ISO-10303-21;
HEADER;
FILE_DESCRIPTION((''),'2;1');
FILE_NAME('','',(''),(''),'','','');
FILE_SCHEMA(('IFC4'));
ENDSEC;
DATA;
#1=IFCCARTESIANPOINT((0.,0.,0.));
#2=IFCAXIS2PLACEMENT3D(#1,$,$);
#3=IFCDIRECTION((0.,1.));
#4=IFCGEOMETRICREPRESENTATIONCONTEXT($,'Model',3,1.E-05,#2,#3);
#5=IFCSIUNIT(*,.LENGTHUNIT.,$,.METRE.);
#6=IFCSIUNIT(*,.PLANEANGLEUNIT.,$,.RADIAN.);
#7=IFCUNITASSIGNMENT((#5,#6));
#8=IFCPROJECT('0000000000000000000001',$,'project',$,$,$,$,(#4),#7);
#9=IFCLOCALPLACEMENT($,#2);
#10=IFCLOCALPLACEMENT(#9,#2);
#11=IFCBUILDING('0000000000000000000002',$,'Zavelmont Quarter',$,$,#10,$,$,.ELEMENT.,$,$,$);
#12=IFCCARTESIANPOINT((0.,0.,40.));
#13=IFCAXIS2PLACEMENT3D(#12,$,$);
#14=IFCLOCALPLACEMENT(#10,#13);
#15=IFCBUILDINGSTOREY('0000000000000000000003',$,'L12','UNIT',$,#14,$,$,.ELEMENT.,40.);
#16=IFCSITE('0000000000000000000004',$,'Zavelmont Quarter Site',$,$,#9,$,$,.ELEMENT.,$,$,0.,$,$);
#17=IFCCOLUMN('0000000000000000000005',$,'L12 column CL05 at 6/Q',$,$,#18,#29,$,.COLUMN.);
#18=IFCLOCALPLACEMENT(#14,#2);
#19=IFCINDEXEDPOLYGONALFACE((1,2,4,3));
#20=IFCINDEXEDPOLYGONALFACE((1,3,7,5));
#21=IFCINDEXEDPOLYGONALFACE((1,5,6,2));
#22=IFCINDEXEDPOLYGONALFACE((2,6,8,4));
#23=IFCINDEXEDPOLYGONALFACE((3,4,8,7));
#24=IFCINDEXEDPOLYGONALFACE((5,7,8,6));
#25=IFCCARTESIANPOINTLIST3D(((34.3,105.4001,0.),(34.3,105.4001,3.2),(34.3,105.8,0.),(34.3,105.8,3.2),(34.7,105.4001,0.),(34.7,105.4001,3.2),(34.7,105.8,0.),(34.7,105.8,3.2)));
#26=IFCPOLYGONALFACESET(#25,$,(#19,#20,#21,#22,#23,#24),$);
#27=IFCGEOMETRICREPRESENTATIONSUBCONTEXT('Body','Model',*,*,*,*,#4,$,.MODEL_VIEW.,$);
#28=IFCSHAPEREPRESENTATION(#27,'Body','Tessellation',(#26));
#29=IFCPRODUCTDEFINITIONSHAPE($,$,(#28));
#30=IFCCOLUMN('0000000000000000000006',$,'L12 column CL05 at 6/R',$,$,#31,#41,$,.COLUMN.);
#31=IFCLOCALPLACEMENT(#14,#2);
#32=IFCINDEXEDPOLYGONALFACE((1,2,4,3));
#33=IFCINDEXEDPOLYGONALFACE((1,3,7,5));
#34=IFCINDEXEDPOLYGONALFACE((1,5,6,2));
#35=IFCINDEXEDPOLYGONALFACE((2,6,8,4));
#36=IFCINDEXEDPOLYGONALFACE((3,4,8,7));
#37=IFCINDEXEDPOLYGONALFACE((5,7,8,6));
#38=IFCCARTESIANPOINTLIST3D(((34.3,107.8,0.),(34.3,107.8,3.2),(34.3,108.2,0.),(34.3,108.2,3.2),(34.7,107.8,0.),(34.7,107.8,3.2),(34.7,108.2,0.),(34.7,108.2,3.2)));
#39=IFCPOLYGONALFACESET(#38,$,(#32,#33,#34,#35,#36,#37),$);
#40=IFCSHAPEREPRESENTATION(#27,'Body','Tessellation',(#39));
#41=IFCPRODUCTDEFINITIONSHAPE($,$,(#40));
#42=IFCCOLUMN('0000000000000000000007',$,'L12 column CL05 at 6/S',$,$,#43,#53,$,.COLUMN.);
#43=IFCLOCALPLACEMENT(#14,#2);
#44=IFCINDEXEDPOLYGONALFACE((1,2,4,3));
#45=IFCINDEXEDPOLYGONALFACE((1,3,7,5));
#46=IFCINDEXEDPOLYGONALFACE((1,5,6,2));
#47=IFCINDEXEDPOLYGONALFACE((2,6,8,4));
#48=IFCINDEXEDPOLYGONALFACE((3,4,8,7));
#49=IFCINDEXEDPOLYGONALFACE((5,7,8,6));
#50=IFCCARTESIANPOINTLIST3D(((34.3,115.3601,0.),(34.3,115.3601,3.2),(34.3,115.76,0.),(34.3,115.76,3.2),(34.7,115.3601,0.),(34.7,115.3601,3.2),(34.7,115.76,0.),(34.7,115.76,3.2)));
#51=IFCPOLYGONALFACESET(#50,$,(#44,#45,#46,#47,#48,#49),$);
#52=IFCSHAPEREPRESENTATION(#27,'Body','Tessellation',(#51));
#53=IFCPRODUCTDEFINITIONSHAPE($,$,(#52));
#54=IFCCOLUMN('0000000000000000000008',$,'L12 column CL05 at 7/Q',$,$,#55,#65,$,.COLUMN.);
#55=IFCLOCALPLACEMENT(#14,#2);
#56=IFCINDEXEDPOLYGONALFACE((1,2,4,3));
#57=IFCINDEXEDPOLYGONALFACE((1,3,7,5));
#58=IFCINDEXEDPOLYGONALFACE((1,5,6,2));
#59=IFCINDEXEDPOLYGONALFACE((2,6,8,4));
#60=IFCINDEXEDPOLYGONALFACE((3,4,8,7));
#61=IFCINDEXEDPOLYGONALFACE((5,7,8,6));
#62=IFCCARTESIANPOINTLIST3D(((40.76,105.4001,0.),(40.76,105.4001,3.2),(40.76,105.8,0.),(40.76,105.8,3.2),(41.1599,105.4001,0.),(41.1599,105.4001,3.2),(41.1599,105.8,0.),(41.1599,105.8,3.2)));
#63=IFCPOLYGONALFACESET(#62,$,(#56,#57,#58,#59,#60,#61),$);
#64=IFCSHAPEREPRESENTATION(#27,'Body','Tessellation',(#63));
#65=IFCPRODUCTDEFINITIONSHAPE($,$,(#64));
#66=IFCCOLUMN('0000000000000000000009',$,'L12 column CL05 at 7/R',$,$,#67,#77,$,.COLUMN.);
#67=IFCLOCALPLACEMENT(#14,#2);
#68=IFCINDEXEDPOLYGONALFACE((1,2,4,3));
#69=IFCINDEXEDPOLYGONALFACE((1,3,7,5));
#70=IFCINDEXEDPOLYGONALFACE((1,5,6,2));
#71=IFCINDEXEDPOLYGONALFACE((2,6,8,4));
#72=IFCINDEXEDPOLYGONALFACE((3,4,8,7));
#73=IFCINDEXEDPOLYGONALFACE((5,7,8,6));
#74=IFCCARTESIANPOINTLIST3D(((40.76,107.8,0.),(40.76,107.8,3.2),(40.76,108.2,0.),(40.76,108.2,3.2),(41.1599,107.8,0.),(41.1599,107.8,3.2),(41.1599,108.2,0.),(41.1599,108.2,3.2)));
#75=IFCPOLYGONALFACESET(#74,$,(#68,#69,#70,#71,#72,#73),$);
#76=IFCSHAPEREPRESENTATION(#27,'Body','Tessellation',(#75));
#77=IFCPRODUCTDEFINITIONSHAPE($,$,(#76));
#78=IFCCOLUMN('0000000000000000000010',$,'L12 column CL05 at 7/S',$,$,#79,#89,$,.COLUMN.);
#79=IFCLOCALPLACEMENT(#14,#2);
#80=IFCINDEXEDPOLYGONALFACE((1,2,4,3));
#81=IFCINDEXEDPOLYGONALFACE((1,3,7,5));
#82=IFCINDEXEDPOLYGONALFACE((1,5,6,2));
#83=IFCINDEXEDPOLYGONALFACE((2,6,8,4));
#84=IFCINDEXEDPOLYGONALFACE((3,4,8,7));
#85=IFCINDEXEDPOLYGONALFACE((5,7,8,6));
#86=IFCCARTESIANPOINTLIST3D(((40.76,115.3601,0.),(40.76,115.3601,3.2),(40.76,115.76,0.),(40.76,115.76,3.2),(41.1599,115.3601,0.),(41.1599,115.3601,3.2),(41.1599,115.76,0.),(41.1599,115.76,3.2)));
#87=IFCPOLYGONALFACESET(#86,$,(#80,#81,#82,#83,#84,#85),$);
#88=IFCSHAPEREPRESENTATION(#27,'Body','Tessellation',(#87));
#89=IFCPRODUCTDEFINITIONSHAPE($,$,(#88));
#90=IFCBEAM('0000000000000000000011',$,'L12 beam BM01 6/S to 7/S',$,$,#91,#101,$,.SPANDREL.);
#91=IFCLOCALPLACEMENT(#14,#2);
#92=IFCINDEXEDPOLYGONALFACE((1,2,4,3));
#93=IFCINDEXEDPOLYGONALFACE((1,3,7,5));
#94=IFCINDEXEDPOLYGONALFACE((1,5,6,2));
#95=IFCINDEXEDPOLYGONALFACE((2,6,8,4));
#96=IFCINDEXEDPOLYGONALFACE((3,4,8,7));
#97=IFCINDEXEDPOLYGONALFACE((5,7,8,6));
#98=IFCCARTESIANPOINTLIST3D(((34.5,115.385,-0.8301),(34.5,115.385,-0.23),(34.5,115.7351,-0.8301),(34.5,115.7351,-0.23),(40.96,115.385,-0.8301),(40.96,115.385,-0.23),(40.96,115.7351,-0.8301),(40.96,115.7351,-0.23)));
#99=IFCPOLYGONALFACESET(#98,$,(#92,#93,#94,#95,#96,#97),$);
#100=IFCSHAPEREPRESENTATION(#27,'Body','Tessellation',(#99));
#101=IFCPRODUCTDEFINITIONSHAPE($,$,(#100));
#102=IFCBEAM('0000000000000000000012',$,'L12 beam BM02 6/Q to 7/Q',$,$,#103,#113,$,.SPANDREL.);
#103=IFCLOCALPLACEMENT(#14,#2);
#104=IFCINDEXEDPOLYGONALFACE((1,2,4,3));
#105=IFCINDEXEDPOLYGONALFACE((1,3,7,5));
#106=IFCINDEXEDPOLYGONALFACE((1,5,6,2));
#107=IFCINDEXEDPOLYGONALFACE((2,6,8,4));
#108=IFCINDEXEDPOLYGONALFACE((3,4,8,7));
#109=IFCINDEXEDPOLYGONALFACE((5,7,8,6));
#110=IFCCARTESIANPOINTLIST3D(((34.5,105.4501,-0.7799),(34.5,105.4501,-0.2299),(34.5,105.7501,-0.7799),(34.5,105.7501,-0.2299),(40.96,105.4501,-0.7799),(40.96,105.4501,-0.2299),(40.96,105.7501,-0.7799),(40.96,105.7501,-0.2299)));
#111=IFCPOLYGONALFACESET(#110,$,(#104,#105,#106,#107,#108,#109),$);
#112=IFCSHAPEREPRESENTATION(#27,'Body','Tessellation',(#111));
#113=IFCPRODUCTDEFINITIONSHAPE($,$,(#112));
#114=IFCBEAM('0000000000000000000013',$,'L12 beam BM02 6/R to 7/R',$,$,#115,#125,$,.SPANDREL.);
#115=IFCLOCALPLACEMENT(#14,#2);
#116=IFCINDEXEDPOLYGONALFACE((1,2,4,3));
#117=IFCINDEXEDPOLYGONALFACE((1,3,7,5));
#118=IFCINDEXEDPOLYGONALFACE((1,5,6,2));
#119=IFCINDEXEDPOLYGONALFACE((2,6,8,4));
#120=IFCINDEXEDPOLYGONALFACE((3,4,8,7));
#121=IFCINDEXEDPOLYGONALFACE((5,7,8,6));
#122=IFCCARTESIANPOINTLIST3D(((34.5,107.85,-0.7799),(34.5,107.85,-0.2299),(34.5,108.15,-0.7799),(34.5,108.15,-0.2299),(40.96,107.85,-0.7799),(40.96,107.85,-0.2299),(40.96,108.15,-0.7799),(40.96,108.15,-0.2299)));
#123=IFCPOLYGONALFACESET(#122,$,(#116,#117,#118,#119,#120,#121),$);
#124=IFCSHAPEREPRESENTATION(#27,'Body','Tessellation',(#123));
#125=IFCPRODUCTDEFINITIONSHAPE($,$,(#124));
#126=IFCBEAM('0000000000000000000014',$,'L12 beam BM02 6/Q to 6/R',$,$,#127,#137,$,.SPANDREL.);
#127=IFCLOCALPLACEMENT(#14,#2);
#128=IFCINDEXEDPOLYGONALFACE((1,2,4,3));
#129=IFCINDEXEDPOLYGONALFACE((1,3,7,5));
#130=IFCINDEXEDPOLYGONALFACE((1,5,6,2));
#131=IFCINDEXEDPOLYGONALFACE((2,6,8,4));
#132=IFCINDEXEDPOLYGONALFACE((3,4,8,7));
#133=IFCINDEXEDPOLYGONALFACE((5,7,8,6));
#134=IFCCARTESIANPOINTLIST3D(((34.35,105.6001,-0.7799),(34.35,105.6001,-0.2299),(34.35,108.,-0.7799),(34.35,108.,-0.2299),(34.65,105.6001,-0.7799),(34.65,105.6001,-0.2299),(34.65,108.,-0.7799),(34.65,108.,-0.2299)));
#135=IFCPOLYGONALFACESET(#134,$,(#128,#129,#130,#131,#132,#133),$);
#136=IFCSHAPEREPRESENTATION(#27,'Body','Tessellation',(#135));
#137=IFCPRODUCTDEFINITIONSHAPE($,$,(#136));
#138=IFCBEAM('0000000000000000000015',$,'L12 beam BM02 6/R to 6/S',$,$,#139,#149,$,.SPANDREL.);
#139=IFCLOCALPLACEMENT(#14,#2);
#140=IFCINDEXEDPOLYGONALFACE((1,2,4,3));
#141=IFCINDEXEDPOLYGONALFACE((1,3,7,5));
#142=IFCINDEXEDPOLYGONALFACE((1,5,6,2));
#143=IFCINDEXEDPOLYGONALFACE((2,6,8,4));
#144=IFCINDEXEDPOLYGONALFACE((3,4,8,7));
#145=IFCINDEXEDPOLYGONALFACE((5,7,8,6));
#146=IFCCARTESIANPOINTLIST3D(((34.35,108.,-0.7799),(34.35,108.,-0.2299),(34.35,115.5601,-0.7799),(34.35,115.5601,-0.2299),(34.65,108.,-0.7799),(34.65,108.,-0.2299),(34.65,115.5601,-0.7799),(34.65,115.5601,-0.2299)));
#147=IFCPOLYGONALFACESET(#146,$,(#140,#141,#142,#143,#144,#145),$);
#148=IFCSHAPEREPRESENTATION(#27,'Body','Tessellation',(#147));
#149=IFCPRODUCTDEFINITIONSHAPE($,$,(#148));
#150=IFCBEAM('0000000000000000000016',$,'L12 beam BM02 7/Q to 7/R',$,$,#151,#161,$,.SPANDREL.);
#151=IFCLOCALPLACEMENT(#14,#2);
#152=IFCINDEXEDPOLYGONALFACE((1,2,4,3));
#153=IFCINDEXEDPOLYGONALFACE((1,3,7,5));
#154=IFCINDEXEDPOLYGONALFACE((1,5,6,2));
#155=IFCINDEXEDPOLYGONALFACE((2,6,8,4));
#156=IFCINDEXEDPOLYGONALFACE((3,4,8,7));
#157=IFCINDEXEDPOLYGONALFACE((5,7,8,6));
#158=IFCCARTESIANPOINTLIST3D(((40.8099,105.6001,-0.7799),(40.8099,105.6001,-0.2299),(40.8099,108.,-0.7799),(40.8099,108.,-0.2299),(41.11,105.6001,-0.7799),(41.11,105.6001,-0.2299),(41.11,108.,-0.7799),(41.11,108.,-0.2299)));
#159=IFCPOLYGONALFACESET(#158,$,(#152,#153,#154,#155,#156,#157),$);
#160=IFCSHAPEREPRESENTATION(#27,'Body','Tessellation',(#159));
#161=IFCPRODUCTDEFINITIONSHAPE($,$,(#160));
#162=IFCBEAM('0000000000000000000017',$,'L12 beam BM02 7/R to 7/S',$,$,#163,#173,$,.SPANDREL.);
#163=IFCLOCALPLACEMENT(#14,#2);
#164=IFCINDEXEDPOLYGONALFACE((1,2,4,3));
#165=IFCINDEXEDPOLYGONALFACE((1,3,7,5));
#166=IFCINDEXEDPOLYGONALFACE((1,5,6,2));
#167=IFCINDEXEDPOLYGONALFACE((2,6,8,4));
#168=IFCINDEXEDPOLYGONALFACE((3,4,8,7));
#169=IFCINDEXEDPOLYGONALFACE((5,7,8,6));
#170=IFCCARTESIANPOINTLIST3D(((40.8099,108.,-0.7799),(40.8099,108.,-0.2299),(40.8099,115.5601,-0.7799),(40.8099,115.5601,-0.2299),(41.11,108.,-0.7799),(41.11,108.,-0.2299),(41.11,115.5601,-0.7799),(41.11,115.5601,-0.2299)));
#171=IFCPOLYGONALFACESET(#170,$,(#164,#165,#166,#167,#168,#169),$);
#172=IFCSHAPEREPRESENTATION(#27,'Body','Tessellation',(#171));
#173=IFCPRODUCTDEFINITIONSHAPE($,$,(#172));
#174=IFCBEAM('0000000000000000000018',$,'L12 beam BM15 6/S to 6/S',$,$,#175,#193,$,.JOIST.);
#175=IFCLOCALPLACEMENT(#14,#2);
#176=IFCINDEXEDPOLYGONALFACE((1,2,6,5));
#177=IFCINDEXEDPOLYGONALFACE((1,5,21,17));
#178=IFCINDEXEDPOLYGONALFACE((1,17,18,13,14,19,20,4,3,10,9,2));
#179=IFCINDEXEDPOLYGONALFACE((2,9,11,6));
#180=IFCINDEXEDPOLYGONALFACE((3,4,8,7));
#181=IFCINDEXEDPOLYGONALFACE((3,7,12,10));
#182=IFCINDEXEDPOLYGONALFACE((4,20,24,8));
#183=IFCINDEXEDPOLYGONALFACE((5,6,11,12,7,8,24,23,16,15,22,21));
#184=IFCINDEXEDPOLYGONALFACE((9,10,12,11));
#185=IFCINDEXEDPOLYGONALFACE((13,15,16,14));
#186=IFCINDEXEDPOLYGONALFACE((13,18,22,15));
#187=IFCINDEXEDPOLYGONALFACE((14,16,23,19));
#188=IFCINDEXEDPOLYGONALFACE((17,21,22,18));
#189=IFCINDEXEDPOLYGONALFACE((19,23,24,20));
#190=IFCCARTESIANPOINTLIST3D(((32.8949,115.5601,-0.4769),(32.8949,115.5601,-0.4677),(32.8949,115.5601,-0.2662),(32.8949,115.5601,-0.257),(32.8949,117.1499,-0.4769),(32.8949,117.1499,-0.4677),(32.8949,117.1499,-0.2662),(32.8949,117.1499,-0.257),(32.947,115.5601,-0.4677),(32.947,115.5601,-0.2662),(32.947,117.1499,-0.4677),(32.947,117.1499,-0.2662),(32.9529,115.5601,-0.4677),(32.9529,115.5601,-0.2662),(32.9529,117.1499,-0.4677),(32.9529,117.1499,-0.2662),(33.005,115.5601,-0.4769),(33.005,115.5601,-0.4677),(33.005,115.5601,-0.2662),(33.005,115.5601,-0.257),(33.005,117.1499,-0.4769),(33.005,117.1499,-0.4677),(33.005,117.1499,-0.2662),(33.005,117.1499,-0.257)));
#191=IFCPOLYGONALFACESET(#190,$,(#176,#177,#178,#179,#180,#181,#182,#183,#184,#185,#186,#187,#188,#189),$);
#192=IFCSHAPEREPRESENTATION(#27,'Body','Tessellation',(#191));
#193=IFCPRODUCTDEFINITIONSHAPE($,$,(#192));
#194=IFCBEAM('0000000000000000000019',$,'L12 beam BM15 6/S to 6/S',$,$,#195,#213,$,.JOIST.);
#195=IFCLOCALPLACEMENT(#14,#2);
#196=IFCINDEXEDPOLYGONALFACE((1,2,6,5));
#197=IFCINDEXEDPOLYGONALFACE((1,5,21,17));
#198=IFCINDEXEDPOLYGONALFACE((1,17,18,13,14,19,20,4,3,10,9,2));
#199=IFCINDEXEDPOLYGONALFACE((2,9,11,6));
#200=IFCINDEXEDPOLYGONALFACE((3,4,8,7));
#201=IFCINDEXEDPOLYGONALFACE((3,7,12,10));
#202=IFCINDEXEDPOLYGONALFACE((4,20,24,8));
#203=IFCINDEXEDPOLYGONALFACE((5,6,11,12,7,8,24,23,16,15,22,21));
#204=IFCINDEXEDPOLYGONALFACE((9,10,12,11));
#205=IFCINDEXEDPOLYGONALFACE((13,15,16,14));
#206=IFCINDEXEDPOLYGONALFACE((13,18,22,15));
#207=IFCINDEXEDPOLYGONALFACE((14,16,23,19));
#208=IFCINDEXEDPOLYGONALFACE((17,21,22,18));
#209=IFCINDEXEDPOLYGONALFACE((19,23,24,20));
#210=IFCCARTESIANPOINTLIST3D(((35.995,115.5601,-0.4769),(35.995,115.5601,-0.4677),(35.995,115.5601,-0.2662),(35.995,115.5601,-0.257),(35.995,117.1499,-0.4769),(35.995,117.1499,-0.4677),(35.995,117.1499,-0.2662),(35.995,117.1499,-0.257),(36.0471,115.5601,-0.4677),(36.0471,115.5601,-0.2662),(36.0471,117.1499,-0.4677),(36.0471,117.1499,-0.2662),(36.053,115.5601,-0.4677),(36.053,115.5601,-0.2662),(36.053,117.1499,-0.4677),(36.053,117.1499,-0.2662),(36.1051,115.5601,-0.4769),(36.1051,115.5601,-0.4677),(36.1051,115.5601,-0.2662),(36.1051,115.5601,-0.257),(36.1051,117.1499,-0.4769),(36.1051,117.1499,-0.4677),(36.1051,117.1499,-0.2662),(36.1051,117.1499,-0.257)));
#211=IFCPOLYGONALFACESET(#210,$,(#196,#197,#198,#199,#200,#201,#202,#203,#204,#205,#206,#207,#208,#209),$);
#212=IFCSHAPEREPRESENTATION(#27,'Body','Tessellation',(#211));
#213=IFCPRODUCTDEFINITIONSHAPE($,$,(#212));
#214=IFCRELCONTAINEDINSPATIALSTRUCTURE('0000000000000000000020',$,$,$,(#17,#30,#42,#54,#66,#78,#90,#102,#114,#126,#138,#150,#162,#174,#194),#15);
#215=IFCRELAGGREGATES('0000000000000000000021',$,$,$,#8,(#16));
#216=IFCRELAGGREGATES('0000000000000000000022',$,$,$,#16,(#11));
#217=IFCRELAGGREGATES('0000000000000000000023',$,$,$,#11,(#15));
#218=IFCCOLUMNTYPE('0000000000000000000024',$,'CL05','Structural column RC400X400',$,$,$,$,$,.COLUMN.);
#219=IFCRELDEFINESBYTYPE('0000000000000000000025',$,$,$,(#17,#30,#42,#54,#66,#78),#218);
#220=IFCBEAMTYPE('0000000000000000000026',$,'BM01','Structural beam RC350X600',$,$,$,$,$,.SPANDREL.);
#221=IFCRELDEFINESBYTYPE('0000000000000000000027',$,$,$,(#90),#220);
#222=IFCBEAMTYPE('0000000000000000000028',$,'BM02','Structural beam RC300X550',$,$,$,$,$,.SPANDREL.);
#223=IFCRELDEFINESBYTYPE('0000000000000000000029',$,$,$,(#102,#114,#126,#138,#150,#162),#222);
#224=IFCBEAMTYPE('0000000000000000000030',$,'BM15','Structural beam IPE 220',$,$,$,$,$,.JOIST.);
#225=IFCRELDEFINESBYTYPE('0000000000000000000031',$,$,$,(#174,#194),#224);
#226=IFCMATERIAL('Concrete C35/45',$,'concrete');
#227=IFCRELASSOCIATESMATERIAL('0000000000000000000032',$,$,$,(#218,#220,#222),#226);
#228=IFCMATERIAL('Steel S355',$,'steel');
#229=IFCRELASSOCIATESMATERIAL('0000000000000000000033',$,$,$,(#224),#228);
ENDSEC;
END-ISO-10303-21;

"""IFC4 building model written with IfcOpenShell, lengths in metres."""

from ifc_helpers import new_model, si_unit, direction, frame, origin, origin_2d, place, context, subcontext, project, spatial, rectangle, i_section, extrude, material, material_profile, profile_set, type_object, element, save


model = new_model("IFC4")

# Units and contexts
model_context = context("Model", 3, precision=1e-05, world=origin(), true_north=direction((0.0, 1.0)))
body_context = subcontext(model_context, "Body", "Model", "MODEL_VIEW")
ifc_project = project(units=[si_unit("LENGTHUNIT", "METRE"), si_unit("PLANEANGLEUNIT", "RADIAN")], contexts=[model_context])

# Site, building, storey
site_placement = place(None, origin())
site = spatial("IfcSite", under=ifc_project, at=site_placement, Name="Zavelmont Quarter Site", CompositionType="ELEMENT", RefElevation=0.0)
building_placement = place(site_placement, origin())
building = spatial("IfcBuilding", under=site, at=building_placement, Name="Zavelmont Quarter", CompositionType="ELEMENT")
storey_placement = place(building_placement, frame((0.0, 0.0, 40.0)))
storey = spatial("IfcBuildingStorey", under=building, at=storey_placement, Name="L12", Description="UNIT", CompositionType="ELEMENT", Elevation=40.0)

# Columns
ifc_material_1 = material(Name="Concrete C35/45", Category="concrete")
ifc_material_profile_1 = material_profile(ifc_material_1, rectangle(XDim=0.3999, YDim=0.3999, at=origin_2d()), Name="RC400X400")
ifc_profile_set_1 = profile_set([ifc_material_profile_1], Name="Concrete C35/45")
column_type = type_object("IfcColumnType", Name="CL05", Description="Structural column RC400X400", PredefinedType="COLUMN", material=ifc_profile_set_1)
for number, where, z_axis, x_axis, name in (
    (1, (34.5, 105.6001, 0.0), (0.0, 0.0, 1.0), (1.0, 0.0, 0.0), "L12 column CL05 at 6/Q"),
    (2, (34.5, 108.0, 0.0), (0.0, 0.0, 1.0), (1.0, 0.0, 0.0), "L12 column CL05 at 6/R"),
    (3, (34.5, 115.5601, 0.0), (0.0, 0.0, 1.0), (1.0, 0.0, 0.0), "L12 column CL05 at 6/S"),
    (4, (40.96, 105.6001, 0.0), (0.0, 0.0, 1.0), (1.0, 0.0, 0.0), "L12 column CL05 at 7/Q"),
    (5, (40.96, 108.0, 0.0), (0.0, 0.0, 1.0), (1.0, 0.0, 0.0), "L12 column CL05 at 7/R"),
    (6, (40.96, 115.5601, 0.0), (0.0, 0.0, 1.0), (1.0, 0.0, 0.0), "L12 column CL05 at 7/S"),
):
    element("IfcColumn", number, at=place(storey_placement, frame(where, z_axis=z_axis, x_axis=x_axis)), inside=storey, type_object=column_type, Name=name, PredefinedType="COLUMN", context=body_context, shape_type="SweptSolid", body=[
        extrude(rectangle(XDim=0.3999, YDim=0.3999, at=origin_2d()), origin(), (0.0, 0.0, 1.0), 3.2),
    ])

# Beams
ifc_material_profile_2 = material_profile(ifc_material_1, rectangle(XDim=0.3501, YDim=0.6001, at=origin_2d()), Name="RC350X600")
ifc_profile_set_2 = profile_set([ifc_material_profile_2], Name="Concrete C35/45")
beam_type_1 = type_object("IfcBeamType", Name="BM01", Description="Structural beam RC350X600", PredefinedType="SPANDREL", material=ifc_profile_set_2)
beam_1_placement = place(storey_placement, frame((34.5, 115.5601, -0.53), z_axis=(1.0, 0.0, 0.0), x_axis=(0.0, 1.0, 0.0)))
element("IfcBeam", 7, at=beam_1_placement, inside=storey, type_object=beam_type_1, Name="L12 beam BM01 6/S to 7/S", PredefinedType="SPANDREL", context=body_context, shape_type="SweptSolid", body=[
    extrude(rectangle(XDim=0.3501, YDim=0.6001, at=origin_2d()), origin(), (0.0, 0.0, 1.0), 6.46),
])
ifc_material_profile_3 = material_profile(ifc_material_1, rectangle(XDim=0.3, YDim=0.55, at=origin_2d()), Name="RC300X550")
ifc_profile_set_3 = profile_set([ifc_material_profile_3], Name="Concrete C35/45")
beam_type_2 = type_object("IfcBeamType", Name="BM02", Description="Structural beam RC300X550", PredefinedType="SPANDREL", material=ifc_profile_set_3)
for number, where, z_axis, x_axis, name in (
    (8, (34.5, 105.6001, -0.5049), (1.0, 0.0, 0.0), (0.0, 1.0, 0.0), "L12 beam BM02 6/Q to 7/Q"),
    (9, (34.5, 108.0, -0.5049), (1.0, 0.0, 0.0), (0.0, 1.0, 0.0), "L12 beam BM02 6/R to 7/R"),
):
    element("IfcBeam", number, at=place(storey_placement, frame(where, z_axis=z_axis, x_axis=x_axis)), inside=storey, type_object=beam_type_2, Name=name, PredefinedType="SPANDREL", context=body_context, shape_type="SweptSolid", body=[
        extrude(rectangle(XDim=0.3, YDim=0.55, at=origin_2d()), origin(), (0.0, 0.0, 1.0), 6.46),
    ])
beam_2_placement = place(storey_placement, frame((34.5, 105.6001, -0.5049), z_axis=(0.0, 1.0, 0.0), x_axis=(-1.0, 0.0, 0.0)))
element("IfcBeam", 10, at=beam_2_placement, inside=storey, type_object=beam_type_2, Name="L12 beam BM02 6/Q to 6/R", PredefinedType="SPANDREL", context=body_context, shape_type="SweptSolid", body=[
    extrude(rectangle(XDim=0.3, YDim=0.55, at=origin_2d()), origin(), (0.0, 0.0, 1.0), 2.3999),
])
beam_3_placement = place(storey_placement, frame((34.5, 108.0, -0.5049), z_axis=(0.0, 1.0, 0.0), x_axis=(-1.0, 0.0, 0.0)))
element("IfcBeam", 11, at=beam_3_placement, inside=storey, type_object=beam_type_2, Name="L12 beam BM02 6/R to 6/S", PredefinedType="SPANDREL", context=body_context, shape_type="SweptSolid", body=[
    extrude(rectangle(XDim=0.3, YDim=0.55, at=origin_2d()), origin(), (0.0, 0.0, 1.0), 7.5601),
])
beam_4_placement = place(storey_placement, frame((40.96, 105.6001, -0.5049), z_axis=(0.0, 1.0, 0.0), x_axis=(-1.0, 0.0, 0.0)))
element("IfcBeam", 12, at=beam_4_placement, inside=storey, type_object=beam_type_2, Name="L12 beam BM02 7/Q to 7/R", PredefinedType="SPANDREL", context=body_context, shape_type="SweptSolid", body=[
    extrude(rectangle(XDim=0.3, YDim=0.55, at=origin_2d()), origin(), (0.0, 0.0, 1.0), 2.3999),
])
beam_5_placement = place(storey_placement, frame((40.96, 108.0, -0.5049), z_axis=(0.0, 1.0, 0.0), x_axis=(-1.0, 0.0, 0.0)))
element("IfcBeam", 13, at=beam_5_placement, inside=storey, type_object=beam_type_2, Name="L12 beam BM02 7/R to 7/S", PredefinedType="SPANDREL", context=body_context, shape_type="SweptSolid", body=[
    extrude(rectangle(XDim=0.3, YDim=0.55, at=origin_2d()), origin(), (0.0, 0.0, 1.0), 7.5601),
])
ifc_material_2 = material(Name="Steel S355", Category="steel")
ifc_material_profile_4 = material_profile(ifc_material_2, i_section(OverallWidth=0.1101, OverallDepth=0.22, WebThickness=0.0059, FlangeThickness=0.0093, at=origin_2d()), Name="IPE 220")
ifc_profile_set_4 = profile_set([ifc_material_profile_4], Name="Steel S355")
beam_type_3 = type_object("IfcBeamType", Name="BM15", Description="Structural beam IPE 220", PredefinedType="JOIST", material=ifc_profile_set_4)
for number, where, z_axis, x_axis, name in (
    (14, (32.95, 115.5601, -0.3669), (0.0, 1.0, 0.0), (-1.0, 0.0, 0.0), "L12 beam BM15 6/S to 6/S"),
    (15, (36.05, 115.5601, -0.3669), (0.0, 1.0, 0.0), (-1.0, 0.0, 0.0), "L12 beam BM15 6/S to 6/S"),
):
    element("IfcBeam", number, at=place(storey_placement, frame(where, z_axis=z_axis, x_axis=x_axis)), inside=storey, type_object=beam_type_3, Name=name, PredefinedType="JOIST", context=body_context, shape_type="SweptSolid", body=[
        extrude(i_section(OverallWidth=0.1101, OverallDepth=0.22, WebThickness=0.0059, FlangeThickness=0.0093, at=origin_2d()), origin(), (0.0, 0.0, 1.0), 1.5898),
    ])

save(model, "model.ifc")
